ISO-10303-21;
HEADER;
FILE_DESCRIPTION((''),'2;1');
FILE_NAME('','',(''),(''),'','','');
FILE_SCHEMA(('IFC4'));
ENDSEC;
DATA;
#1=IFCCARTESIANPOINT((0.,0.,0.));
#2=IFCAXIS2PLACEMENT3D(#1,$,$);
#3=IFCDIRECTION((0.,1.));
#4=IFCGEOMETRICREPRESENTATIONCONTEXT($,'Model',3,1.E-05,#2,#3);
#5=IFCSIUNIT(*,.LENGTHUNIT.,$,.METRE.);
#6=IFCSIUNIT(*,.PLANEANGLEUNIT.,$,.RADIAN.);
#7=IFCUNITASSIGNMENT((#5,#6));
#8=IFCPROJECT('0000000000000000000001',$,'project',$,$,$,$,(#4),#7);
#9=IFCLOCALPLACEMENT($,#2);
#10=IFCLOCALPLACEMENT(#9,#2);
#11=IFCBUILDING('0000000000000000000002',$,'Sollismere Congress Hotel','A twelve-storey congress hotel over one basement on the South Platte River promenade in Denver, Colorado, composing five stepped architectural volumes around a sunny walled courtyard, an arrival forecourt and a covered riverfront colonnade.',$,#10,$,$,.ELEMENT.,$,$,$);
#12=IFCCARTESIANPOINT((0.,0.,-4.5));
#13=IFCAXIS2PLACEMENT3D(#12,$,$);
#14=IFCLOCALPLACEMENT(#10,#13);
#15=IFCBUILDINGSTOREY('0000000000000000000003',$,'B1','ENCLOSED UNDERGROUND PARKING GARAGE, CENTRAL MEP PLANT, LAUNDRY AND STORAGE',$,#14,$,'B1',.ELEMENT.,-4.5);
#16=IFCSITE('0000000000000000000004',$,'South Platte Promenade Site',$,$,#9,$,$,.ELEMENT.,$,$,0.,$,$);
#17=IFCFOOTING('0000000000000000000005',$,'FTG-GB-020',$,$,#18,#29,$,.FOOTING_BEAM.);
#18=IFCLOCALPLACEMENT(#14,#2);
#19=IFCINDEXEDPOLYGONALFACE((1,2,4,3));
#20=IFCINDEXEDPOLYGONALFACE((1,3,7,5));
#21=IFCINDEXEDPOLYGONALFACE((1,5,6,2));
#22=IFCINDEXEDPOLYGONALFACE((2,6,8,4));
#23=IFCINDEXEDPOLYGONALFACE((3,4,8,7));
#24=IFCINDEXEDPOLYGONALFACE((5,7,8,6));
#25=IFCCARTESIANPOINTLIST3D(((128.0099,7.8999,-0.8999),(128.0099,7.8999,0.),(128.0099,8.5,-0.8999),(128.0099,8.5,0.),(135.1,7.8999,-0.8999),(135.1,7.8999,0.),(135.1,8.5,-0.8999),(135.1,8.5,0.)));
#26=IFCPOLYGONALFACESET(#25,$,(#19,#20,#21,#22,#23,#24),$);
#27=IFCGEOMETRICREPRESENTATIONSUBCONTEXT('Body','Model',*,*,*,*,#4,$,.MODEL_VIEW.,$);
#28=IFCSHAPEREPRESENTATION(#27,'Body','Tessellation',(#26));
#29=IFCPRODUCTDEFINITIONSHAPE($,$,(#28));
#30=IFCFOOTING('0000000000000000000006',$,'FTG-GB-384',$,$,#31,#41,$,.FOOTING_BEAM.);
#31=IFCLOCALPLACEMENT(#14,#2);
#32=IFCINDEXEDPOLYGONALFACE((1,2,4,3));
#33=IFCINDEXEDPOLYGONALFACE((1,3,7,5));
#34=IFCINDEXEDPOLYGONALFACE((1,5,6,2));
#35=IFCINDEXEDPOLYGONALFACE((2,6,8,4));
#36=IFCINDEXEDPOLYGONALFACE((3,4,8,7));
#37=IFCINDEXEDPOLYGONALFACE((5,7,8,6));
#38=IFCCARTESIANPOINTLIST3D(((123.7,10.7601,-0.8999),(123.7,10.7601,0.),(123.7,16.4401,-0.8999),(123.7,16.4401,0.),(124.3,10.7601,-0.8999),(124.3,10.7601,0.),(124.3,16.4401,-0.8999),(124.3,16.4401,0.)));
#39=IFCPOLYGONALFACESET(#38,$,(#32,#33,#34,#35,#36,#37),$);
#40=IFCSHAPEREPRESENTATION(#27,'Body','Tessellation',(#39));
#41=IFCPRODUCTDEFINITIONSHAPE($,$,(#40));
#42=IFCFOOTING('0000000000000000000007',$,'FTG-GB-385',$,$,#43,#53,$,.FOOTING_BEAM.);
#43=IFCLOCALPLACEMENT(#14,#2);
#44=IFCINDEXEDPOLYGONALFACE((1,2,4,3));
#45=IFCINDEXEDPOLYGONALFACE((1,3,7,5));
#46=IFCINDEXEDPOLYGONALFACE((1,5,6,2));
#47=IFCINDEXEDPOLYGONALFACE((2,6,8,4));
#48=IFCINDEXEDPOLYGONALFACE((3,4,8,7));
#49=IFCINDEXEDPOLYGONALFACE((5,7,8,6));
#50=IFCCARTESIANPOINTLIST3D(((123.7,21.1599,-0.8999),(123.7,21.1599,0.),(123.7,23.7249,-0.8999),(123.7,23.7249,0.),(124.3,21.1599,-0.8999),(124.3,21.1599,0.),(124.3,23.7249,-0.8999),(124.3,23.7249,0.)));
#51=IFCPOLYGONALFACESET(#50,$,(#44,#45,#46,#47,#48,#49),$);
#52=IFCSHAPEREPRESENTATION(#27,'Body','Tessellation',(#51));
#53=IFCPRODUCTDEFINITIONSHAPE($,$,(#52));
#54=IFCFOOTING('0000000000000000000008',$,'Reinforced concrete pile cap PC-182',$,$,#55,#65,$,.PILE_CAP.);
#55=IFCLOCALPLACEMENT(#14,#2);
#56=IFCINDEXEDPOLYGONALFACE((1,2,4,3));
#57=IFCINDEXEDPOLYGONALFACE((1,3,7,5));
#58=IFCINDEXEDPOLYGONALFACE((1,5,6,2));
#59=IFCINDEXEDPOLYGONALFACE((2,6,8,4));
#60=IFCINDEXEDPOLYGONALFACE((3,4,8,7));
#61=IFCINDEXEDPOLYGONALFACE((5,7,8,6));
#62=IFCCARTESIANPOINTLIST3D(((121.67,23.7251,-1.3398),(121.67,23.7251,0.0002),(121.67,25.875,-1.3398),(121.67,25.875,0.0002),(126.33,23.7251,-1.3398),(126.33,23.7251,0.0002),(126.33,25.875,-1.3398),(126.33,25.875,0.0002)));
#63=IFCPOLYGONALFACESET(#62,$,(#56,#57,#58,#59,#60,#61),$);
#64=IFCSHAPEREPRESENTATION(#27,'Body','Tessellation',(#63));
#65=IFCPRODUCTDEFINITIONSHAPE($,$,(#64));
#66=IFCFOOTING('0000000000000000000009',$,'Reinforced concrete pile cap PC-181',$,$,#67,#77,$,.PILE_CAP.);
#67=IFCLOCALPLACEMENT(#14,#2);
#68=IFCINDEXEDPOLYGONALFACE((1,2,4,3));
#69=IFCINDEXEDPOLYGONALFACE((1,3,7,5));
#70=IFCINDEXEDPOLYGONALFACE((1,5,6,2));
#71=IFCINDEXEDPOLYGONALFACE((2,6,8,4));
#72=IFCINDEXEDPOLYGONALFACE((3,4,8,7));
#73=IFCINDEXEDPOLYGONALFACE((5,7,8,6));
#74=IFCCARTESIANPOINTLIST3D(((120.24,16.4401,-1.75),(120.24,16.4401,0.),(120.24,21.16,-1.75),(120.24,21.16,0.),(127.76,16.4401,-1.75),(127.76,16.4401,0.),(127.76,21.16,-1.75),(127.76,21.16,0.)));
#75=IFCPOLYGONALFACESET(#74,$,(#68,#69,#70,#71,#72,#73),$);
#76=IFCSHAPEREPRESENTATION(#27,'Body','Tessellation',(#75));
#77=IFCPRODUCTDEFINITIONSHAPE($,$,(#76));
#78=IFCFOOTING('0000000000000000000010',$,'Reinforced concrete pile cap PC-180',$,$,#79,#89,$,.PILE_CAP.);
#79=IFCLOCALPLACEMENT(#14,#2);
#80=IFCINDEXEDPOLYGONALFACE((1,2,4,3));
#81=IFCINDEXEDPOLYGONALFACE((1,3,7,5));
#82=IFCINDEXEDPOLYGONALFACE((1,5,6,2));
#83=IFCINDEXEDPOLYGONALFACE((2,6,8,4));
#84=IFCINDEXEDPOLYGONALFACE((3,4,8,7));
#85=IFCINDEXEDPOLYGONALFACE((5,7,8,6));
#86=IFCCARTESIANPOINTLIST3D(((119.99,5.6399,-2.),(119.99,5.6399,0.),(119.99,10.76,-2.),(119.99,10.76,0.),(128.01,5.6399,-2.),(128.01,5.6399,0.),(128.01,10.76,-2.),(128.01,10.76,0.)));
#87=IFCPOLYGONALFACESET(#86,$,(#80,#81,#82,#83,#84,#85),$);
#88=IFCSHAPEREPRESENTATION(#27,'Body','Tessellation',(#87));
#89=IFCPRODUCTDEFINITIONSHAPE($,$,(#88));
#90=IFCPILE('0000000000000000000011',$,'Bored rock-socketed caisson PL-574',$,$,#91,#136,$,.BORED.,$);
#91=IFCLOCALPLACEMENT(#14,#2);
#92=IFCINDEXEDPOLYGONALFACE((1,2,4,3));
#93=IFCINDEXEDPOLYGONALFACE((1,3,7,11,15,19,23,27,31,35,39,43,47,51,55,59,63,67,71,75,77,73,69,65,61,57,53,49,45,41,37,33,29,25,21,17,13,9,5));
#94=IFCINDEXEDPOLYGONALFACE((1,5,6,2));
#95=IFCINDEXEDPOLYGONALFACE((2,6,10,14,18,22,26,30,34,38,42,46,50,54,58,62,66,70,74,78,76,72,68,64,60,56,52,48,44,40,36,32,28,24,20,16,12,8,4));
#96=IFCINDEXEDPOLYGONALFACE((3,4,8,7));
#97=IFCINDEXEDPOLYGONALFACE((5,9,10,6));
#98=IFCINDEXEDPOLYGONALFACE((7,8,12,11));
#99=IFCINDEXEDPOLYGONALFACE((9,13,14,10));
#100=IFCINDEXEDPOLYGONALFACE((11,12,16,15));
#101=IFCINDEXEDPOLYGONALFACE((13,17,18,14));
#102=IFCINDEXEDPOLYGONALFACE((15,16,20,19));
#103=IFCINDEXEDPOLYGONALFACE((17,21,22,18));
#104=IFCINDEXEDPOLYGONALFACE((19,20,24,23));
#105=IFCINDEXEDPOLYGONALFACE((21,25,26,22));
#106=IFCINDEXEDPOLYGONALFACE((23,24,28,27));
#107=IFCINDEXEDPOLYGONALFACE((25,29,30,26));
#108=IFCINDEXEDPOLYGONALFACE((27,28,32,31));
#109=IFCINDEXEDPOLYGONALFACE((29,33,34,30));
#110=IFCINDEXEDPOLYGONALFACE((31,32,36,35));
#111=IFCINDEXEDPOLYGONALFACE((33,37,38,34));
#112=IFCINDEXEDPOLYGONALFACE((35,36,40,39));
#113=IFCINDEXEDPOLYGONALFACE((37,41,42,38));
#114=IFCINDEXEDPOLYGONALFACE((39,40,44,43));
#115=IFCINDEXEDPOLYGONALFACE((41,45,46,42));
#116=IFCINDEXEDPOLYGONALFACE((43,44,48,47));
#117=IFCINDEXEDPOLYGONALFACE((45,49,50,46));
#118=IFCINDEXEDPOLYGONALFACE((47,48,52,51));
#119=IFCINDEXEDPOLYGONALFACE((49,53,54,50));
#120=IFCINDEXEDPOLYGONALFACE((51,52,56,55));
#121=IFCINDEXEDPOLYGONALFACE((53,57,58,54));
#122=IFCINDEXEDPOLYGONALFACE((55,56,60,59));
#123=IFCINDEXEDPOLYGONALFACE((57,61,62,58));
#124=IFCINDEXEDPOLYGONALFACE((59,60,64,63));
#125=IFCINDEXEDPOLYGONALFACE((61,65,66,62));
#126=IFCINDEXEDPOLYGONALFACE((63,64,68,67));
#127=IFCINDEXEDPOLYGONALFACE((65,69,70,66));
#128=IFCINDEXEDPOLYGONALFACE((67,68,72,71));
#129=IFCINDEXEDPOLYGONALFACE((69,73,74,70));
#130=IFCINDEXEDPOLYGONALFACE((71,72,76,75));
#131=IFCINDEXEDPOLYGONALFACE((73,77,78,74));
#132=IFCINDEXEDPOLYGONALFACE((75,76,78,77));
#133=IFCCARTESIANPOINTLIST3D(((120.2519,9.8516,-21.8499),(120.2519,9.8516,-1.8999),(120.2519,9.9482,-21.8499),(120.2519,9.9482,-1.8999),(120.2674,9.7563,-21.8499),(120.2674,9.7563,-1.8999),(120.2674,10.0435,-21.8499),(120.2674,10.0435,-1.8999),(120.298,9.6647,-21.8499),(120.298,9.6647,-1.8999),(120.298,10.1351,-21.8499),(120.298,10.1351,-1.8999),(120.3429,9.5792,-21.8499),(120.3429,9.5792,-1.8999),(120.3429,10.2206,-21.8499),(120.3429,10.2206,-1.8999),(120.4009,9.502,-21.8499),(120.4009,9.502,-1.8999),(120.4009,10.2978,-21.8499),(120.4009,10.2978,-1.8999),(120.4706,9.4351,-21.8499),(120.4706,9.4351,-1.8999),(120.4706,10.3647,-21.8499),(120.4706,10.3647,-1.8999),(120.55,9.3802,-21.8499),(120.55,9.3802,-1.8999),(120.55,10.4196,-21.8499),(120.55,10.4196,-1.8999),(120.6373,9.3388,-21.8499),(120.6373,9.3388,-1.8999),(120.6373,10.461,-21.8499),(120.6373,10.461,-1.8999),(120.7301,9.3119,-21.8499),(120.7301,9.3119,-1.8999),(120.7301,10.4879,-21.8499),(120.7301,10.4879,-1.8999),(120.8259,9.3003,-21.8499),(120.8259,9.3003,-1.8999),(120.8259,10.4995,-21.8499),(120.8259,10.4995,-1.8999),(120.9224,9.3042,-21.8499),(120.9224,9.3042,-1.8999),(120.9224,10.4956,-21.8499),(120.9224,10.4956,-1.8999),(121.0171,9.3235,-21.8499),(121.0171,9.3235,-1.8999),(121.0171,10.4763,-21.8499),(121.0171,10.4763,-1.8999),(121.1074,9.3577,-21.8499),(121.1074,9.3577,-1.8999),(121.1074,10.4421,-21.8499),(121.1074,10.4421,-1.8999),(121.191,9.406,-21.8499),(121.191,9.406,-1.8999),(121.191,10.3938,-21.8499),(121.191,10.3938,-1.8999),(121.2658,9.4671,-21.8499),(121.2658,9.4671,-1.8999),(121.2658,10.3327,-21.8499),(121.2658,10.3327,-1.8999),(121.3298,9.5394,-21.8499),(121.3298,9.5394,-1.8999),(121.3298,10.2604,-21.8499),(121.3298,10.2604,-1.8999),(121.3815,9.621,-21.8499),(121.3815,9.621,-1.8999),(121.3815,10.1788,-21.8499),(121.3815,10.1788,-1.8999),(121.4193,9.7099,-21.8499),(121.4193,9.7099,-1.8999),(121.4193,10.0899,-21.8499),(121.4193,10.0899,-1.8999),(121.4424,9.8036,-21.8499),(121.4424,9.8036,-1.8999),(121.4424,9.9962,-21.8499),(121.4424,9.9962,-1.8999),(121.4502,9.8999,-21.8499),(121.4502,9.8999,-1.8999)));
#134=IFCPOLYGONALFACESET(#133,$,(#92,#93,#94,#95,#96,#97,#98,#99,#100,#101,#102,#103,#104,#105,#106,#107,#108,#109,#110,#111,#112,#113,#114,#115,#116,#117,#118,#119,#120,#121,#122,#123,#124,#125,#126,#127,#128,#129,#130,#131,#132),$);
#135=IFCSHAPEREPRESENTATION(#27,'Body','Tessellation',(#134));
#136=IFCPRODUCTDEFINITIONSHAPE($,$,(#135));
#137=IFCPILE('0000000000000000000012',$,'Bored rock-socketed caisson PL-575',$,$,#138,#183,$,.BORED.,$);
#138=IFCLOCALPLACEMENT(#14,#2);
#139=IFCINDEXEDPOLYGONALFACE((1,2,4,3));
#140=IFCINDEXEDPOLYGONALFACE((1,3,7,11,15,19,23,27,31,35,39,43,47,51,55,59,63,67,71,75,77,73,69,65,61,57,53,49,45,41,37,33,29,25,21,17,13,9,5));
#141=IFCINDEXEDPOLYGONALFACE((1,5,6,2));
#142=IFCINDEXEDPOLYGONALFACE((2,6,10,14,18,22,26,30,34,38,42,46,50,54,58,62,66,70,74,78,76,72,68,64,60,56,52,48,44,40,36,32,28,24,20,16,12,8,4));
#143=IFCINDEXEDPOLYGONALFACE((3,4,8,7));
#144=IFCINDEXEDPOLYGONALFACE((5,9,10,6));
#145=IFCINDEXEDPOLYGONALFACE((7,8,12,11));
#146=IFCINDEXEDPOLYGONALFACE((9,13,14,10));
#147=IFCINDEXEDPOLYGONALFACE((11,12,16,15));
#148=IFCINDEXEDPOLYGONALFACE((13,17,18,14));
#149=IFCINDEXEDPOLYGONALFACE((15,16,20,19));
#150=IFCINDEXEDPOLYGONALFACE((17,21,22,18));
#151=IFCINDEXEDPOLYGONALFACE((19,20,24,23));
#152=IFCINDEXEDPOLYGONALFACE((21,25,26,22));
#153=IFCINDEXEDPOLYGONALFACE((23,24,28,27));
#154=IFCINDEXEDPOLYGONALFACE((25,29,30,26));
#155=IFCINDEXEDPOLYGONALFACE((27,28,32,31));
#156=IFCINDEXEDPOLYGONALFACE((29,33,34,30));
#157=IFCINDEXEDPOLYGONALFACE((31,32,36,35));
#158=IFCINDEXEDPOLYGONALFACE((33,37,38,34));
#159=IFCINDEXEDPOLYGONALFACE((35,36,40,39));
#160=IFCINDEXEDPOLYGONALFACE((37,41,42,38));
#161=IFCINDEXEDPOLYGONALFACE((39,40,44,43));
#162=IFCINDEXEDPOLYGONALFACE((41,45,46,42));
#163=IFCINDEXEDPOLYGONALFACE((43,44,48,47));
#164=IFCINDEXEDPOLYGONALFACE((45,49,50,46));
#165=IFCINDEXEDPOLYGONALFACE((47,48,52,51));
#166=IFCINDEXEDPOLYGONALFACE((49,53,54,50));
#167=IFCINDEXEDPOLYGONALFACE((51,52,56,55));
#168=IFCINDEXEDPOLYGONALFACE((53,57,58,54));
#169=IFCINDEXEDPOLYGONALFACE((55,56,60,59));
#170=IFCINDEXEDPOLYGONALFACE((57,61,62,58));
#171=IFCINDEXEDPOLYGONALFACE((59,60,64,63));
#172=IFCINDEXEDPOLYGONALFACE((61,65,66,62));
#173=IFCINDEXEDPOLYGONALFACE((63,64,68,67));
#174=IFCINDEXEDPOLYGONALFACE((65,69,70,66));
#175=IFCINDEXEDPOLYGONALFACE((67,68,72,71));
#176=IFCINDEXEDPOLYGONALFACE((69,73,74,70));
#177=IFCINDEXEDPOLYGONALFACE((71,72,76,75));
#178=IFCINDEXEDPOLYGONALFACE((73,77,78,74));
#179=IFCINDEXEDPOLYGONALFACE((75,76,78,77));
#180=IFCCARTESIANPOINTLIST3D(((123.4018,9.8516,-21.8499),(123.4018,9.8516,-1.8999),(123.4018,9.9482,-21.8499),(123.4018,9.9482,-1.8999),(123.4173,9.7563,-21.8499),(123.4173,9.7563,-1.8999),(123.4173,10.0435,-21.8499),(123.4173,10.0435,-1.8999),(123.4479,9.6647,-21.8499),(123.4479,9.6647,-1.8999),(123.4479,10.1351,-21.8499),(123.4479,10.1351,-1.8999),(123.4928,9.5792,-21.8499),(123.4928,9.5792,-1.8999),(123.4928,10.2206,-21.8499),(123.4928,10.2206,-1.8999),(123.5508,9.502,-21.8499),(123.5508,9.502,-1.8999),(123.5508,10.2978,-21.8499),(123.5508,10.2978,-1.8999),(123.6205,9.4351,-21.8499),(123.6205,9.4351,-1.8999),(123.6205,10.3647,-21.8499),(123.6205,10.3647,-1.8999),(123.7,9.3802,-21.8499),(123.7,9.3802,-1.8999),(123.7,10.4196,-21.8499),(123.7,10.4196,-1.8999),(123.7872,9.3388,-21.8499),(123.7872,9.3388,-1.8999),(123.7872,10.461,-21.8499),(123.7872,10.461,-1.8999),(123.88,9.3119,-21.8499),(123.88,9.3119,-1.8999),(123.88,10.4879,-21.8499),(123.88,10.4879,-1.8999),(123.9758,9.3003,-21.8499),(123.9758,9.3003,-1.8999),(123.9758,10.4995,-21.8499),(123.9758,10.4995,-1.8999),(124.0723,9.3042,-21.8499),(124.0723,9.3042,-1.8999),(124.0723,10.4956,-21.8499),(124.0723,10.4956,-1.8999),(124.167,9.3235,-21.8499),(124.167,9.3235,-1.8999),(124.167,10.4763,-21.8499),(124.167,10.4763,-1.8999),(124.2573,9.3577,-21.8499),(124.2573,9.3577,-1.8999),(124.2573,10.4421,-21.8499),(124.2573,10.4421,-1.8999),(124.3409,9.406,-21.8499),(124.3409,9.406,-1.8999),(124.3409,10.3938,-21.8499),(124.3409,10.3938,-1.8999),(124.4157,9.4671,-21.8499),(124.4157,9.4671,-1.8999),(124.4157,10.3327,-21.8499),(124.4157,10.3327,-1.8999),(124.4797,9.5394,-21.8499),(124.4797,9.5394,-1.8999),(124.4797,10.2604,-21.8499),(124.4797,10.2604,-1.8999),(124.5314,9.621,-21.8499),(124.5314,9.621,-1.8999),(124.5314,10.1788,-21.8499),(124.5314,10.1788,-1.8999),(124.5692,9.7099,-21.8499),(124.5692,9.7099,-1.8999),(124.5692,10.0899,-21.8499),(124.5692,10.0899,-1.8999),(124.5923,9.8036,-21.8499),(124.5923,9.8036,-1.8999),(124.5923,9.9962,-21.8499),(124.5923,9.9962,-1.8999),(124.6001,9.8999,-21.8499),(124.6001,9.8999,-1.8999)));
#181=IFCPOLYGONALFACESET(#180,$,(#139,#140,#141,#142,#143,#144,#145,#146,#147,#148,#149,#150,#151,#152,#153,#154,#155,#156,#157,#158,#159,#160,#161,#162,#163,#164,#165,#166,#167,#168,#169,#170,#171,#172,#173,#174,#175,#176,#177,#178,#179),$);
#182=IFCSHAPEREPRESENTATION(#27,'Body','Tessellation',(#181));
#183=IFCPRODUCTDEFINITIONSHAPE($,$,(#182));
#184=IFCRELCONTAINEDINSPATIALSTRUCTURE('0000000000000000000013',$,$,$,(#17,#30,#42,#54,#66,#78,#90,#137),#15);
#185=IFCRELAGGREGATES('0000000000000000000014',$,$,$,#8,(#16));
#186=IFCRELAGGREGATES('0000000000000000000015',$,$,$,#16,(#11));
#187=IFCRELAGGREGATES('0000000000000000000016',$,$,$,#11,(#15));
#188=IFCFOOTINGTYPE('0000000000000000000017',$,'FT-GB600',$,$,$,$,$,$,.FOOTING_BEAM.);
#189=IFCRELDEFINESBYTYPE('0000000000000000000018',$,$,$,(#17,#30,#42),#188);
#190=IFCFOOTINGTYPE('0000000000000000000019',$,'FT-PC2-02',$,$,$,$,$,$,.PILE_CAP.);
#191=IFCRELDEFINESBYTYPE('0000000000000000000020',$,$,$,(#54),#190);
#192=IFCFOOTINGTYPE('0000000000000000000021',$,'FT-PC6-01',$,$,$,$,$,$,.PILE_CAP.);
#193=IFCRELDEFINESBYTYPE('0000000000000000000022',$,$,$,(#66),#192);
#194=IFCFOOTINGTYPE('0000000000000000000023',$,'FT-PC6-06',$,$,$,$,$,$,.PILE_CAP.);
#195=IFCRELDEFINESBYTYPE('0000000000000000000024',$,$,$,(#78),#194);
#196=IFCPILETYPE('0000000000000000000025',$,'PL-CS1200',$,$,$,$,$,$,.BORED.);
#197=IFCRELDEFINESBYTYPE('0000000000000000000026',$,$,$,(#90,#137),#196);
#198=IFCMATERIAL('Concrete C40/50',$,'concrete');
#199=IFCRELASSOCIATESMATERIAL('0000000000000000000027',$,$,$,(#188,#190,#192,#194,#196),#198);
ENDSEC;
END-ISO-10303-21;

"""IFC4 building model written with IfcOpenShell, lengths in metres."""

from ifc_helpers import new_model, si_unit, direction, frame, origin, origin_2d, place, context, subcontext, project, spatial, rectangle, circle, extrude, material, material_profile, profile_set, type_object, element, save


model = new_model("IFC4")

# Units and contexts
model_context = context("Model", 3, precision=1e-05, world=origin(), true_north=direction((0.0, 1.0)))
body_context = subcontext(model_context, "Body", "Model", "MODEL_VIEW")
ifc_project = project(units=[si_unit("LENGTHUNIT", "METRE"), si_unit("PLANEANGLEUNIT", "RADIAN")], contexts=[model_context])

# Site, building, storey
site_placement = place(None, origin())
site = spatial("IfcSite", under=ifc_project, at=site_placement, Name="South Platte Promenade Site", CompositionType="ELEMENT", RefElevation=0.0)
building_placement = place(site_placement, origin())
building = spatial("IfcBuilding", under=site, at=building_placement, Name="Sollismere Congress Hotel", Description="A twelve-storey congress hotel over one basement on the South Platte River promenade in Denver, Colorado, composing five stepped architectural volumes around a sunny walled courtyard, an arrival forecourt and a covered riverfront colonnade.", CompositionType="ELEMENT")
storey_placement = place(building_placement, frame((0.0, 0.0, -4.5)))
storey = spatial("IfcBuildingStorey", under=building, at=storey_placement, Name="B1", Description="ENCLOSED UNDERGROUND PARKING GARAGE, CENTRAL MEP PLANT, LAUNDRY AND STORAGE", LongName="B1", CompositionType="ELEMENT", Elevation=-4.5)

# Footings
ifc_material_1 = material(Name="Concrete C40/50", Category="concrete")
footing_type_1 = type_object("IfcFootingType", Name="FT-GB600", PredefinedType="FOOTING_BEAM", material=ifc_material_1)
footing_1_placement = place(storey_placement, frame((131.5549, 8.2, -0.8999), z_axis=(0.0, 0.0, 1.0), x_axis=(1.0, 0.0, 0.0)))
element("IfcFooting", 1, at=footing_1_placement, inside=storey, type_object=footing_type_1, Name="FTG-GB-020", PredefinedType="FOOTING_BEAM", context=body_context, shape_type="SweptSolid", body=[
    extrude(rectangle(XDim=7.0901, YDim=0.6001, at=origin_2d()), origin(), (0.0, 0.0, 1.0), 0.8999),
])
footing_2_placement = place(storey_placement, frame((124.0, 13.6001, -0.8999), z_axis=(0.0, 0.0, 1.0), x_axis=(0.0, 1.0, 0.0)))
element("IfcFooting", 2, at=footing_2_placement, inside=storey, type_object=footing_type_1, Name="FTG-GB-384", PredefinedType="FOOTING_BEAM", context=body_context, shape_type="SweptSolid", body=[
    extrude(rectangle(XDim=5.6799, YDim=0.6001, at=origin_2d()), origin(), (0.0, 0.0, 1.0), 0.8999),
])
footing_3_placement = place(storey_placement, frame((124.0, 22.4424, -0.8999), z_axis=(0.0, 0.0, 1.0), x_axis=(0.0, 1.0, 0.0)))
element("IfcFooting", 3, at=footing_3_placement, inside=storey, type_object=footing_type_1, Name="FTG-GB-385", PredefinedType="FOOTING_BEAM", context=body_context, shape_type="SweptSolid", body=[
    extrude(rectangle(XDim=2.5649, YDim=0.6001, at=origin_2d()), origin(), (0.0, 0.0, 1.0), 0.8999),
])
footing_type_2 = type_object("IfcFootingType", Name="FT-PC2-02", PredefinedType="PILE_CAP", material=ifc_material_1)
footing_4_placement = place(storey_placement, frame((124.0, 24.8, -1.3398), z_axis=(0.0, 0.0, 1.0), x_axis=(1.0, 0.0, 0.0)))
element("IfcFooting", 4, at=footing_4_placement, inside=storey, type_object=footing_type_2, Name="Reinforced concrete pile cap PC-182", PredefinedType="PILE_CAP", context=body_context, shape_type="SweptSolid", body=[
    extrude(rectangle(XDim=4.6599, YDim=2.1499, at=origin_2d()), origin(), (0.0, 0.0, 1.0), 1.3401),
])
footing_type_3 = type_object("IfcFootingType", Name="FT-PC6-01", PredefinedType="PILE_CAP", material=ifc_material_1)
footing_5_placement = place(storey_placement, frame((124.0, 18.8, -1.75), z_axis=(0.0, 0.0, 1.0), x_axis=(1.0, 0.0, 0.0)))
element("IfcFooting", 5, at=footing_5_placement, inside=storey, type_object=footing_type_3, Name="Reinforced concrete pile cap PC-181", PredefinedType="PILE_CAP", context=body_context, shape_type="SweptSolid", body=[
    extrude(rectangle(XDim=7.52, YDim=4.72, at=origin_2d()), origin(), (0.0, 0.0, 1.0), 1.75),
])
footing_type_4 = type_object("IfcFootingType", Name="FT-PC6-06", PredefinedType="PILE_CAP", material=ifc_material_1)
footing_6_placement = place(storey_placement, frame((124.0, 8.2, -2.0), z_axis=(0.0, 0.0, 1.0), x_axis=(1.0, 0.0, 0.0)))
element("IfcFooting", 6, at=footing_6_placement, inside=storey, type_object=footing_type_4, Name="Reinforced concrete pile cap PC-180", PredefinedType="PILE_CAP", context=body_context, shape_type="SweptSolid", body=[
    extrude(rectangle(XDim=8.02, YDim=5.1201, at=origin_2d()), origin(), (0.0, 0.0, 1.0), 2.0),
])

# Piles
ifc_material_profile_1 = material_profile(ifc_material_1, circle(Radius=0.6001, at=origin_2d()), Name="CAISSON1200")
ifc_profile_set_1 = profile_set([ifc_material_profile_1], Name="Concrete C40/50")
pile_type = type_object("IfcPileType", Name="PL-CS1200", PredefinedType="BORED", material=ifc_profile_set_1)
for number, where, z_axis, x_axis, name in (
    (7, (120.8501, 9.8999, -1.8999), (0.0, 0.0, -1.0), (1.0, 0.0, 0.0), "Bored rock-socketed caisson PL-574"),
    (8, (124.0, 9.8999, -1.8999), (0.0, 0.0, -1.0), (1.0, 0.0, 0.0), "Bored rock-socketed caisson PL-575"),
):
    element("IfcPile", number, at=place(storey_placement, frame(where, z_axis=z_axis, x_axis=x_axis)), inside=storey, type_object=pile_type, Name=name, PredefinedType="BORED", context=body_context, shape_type="SweptSolid", body=[
        extrude(circle(Radius=0.6001, at=origin_2d()), origin(), (0.0, 0.0, 1.0), 19.95),
    ])

save(model, "model.ifc")
